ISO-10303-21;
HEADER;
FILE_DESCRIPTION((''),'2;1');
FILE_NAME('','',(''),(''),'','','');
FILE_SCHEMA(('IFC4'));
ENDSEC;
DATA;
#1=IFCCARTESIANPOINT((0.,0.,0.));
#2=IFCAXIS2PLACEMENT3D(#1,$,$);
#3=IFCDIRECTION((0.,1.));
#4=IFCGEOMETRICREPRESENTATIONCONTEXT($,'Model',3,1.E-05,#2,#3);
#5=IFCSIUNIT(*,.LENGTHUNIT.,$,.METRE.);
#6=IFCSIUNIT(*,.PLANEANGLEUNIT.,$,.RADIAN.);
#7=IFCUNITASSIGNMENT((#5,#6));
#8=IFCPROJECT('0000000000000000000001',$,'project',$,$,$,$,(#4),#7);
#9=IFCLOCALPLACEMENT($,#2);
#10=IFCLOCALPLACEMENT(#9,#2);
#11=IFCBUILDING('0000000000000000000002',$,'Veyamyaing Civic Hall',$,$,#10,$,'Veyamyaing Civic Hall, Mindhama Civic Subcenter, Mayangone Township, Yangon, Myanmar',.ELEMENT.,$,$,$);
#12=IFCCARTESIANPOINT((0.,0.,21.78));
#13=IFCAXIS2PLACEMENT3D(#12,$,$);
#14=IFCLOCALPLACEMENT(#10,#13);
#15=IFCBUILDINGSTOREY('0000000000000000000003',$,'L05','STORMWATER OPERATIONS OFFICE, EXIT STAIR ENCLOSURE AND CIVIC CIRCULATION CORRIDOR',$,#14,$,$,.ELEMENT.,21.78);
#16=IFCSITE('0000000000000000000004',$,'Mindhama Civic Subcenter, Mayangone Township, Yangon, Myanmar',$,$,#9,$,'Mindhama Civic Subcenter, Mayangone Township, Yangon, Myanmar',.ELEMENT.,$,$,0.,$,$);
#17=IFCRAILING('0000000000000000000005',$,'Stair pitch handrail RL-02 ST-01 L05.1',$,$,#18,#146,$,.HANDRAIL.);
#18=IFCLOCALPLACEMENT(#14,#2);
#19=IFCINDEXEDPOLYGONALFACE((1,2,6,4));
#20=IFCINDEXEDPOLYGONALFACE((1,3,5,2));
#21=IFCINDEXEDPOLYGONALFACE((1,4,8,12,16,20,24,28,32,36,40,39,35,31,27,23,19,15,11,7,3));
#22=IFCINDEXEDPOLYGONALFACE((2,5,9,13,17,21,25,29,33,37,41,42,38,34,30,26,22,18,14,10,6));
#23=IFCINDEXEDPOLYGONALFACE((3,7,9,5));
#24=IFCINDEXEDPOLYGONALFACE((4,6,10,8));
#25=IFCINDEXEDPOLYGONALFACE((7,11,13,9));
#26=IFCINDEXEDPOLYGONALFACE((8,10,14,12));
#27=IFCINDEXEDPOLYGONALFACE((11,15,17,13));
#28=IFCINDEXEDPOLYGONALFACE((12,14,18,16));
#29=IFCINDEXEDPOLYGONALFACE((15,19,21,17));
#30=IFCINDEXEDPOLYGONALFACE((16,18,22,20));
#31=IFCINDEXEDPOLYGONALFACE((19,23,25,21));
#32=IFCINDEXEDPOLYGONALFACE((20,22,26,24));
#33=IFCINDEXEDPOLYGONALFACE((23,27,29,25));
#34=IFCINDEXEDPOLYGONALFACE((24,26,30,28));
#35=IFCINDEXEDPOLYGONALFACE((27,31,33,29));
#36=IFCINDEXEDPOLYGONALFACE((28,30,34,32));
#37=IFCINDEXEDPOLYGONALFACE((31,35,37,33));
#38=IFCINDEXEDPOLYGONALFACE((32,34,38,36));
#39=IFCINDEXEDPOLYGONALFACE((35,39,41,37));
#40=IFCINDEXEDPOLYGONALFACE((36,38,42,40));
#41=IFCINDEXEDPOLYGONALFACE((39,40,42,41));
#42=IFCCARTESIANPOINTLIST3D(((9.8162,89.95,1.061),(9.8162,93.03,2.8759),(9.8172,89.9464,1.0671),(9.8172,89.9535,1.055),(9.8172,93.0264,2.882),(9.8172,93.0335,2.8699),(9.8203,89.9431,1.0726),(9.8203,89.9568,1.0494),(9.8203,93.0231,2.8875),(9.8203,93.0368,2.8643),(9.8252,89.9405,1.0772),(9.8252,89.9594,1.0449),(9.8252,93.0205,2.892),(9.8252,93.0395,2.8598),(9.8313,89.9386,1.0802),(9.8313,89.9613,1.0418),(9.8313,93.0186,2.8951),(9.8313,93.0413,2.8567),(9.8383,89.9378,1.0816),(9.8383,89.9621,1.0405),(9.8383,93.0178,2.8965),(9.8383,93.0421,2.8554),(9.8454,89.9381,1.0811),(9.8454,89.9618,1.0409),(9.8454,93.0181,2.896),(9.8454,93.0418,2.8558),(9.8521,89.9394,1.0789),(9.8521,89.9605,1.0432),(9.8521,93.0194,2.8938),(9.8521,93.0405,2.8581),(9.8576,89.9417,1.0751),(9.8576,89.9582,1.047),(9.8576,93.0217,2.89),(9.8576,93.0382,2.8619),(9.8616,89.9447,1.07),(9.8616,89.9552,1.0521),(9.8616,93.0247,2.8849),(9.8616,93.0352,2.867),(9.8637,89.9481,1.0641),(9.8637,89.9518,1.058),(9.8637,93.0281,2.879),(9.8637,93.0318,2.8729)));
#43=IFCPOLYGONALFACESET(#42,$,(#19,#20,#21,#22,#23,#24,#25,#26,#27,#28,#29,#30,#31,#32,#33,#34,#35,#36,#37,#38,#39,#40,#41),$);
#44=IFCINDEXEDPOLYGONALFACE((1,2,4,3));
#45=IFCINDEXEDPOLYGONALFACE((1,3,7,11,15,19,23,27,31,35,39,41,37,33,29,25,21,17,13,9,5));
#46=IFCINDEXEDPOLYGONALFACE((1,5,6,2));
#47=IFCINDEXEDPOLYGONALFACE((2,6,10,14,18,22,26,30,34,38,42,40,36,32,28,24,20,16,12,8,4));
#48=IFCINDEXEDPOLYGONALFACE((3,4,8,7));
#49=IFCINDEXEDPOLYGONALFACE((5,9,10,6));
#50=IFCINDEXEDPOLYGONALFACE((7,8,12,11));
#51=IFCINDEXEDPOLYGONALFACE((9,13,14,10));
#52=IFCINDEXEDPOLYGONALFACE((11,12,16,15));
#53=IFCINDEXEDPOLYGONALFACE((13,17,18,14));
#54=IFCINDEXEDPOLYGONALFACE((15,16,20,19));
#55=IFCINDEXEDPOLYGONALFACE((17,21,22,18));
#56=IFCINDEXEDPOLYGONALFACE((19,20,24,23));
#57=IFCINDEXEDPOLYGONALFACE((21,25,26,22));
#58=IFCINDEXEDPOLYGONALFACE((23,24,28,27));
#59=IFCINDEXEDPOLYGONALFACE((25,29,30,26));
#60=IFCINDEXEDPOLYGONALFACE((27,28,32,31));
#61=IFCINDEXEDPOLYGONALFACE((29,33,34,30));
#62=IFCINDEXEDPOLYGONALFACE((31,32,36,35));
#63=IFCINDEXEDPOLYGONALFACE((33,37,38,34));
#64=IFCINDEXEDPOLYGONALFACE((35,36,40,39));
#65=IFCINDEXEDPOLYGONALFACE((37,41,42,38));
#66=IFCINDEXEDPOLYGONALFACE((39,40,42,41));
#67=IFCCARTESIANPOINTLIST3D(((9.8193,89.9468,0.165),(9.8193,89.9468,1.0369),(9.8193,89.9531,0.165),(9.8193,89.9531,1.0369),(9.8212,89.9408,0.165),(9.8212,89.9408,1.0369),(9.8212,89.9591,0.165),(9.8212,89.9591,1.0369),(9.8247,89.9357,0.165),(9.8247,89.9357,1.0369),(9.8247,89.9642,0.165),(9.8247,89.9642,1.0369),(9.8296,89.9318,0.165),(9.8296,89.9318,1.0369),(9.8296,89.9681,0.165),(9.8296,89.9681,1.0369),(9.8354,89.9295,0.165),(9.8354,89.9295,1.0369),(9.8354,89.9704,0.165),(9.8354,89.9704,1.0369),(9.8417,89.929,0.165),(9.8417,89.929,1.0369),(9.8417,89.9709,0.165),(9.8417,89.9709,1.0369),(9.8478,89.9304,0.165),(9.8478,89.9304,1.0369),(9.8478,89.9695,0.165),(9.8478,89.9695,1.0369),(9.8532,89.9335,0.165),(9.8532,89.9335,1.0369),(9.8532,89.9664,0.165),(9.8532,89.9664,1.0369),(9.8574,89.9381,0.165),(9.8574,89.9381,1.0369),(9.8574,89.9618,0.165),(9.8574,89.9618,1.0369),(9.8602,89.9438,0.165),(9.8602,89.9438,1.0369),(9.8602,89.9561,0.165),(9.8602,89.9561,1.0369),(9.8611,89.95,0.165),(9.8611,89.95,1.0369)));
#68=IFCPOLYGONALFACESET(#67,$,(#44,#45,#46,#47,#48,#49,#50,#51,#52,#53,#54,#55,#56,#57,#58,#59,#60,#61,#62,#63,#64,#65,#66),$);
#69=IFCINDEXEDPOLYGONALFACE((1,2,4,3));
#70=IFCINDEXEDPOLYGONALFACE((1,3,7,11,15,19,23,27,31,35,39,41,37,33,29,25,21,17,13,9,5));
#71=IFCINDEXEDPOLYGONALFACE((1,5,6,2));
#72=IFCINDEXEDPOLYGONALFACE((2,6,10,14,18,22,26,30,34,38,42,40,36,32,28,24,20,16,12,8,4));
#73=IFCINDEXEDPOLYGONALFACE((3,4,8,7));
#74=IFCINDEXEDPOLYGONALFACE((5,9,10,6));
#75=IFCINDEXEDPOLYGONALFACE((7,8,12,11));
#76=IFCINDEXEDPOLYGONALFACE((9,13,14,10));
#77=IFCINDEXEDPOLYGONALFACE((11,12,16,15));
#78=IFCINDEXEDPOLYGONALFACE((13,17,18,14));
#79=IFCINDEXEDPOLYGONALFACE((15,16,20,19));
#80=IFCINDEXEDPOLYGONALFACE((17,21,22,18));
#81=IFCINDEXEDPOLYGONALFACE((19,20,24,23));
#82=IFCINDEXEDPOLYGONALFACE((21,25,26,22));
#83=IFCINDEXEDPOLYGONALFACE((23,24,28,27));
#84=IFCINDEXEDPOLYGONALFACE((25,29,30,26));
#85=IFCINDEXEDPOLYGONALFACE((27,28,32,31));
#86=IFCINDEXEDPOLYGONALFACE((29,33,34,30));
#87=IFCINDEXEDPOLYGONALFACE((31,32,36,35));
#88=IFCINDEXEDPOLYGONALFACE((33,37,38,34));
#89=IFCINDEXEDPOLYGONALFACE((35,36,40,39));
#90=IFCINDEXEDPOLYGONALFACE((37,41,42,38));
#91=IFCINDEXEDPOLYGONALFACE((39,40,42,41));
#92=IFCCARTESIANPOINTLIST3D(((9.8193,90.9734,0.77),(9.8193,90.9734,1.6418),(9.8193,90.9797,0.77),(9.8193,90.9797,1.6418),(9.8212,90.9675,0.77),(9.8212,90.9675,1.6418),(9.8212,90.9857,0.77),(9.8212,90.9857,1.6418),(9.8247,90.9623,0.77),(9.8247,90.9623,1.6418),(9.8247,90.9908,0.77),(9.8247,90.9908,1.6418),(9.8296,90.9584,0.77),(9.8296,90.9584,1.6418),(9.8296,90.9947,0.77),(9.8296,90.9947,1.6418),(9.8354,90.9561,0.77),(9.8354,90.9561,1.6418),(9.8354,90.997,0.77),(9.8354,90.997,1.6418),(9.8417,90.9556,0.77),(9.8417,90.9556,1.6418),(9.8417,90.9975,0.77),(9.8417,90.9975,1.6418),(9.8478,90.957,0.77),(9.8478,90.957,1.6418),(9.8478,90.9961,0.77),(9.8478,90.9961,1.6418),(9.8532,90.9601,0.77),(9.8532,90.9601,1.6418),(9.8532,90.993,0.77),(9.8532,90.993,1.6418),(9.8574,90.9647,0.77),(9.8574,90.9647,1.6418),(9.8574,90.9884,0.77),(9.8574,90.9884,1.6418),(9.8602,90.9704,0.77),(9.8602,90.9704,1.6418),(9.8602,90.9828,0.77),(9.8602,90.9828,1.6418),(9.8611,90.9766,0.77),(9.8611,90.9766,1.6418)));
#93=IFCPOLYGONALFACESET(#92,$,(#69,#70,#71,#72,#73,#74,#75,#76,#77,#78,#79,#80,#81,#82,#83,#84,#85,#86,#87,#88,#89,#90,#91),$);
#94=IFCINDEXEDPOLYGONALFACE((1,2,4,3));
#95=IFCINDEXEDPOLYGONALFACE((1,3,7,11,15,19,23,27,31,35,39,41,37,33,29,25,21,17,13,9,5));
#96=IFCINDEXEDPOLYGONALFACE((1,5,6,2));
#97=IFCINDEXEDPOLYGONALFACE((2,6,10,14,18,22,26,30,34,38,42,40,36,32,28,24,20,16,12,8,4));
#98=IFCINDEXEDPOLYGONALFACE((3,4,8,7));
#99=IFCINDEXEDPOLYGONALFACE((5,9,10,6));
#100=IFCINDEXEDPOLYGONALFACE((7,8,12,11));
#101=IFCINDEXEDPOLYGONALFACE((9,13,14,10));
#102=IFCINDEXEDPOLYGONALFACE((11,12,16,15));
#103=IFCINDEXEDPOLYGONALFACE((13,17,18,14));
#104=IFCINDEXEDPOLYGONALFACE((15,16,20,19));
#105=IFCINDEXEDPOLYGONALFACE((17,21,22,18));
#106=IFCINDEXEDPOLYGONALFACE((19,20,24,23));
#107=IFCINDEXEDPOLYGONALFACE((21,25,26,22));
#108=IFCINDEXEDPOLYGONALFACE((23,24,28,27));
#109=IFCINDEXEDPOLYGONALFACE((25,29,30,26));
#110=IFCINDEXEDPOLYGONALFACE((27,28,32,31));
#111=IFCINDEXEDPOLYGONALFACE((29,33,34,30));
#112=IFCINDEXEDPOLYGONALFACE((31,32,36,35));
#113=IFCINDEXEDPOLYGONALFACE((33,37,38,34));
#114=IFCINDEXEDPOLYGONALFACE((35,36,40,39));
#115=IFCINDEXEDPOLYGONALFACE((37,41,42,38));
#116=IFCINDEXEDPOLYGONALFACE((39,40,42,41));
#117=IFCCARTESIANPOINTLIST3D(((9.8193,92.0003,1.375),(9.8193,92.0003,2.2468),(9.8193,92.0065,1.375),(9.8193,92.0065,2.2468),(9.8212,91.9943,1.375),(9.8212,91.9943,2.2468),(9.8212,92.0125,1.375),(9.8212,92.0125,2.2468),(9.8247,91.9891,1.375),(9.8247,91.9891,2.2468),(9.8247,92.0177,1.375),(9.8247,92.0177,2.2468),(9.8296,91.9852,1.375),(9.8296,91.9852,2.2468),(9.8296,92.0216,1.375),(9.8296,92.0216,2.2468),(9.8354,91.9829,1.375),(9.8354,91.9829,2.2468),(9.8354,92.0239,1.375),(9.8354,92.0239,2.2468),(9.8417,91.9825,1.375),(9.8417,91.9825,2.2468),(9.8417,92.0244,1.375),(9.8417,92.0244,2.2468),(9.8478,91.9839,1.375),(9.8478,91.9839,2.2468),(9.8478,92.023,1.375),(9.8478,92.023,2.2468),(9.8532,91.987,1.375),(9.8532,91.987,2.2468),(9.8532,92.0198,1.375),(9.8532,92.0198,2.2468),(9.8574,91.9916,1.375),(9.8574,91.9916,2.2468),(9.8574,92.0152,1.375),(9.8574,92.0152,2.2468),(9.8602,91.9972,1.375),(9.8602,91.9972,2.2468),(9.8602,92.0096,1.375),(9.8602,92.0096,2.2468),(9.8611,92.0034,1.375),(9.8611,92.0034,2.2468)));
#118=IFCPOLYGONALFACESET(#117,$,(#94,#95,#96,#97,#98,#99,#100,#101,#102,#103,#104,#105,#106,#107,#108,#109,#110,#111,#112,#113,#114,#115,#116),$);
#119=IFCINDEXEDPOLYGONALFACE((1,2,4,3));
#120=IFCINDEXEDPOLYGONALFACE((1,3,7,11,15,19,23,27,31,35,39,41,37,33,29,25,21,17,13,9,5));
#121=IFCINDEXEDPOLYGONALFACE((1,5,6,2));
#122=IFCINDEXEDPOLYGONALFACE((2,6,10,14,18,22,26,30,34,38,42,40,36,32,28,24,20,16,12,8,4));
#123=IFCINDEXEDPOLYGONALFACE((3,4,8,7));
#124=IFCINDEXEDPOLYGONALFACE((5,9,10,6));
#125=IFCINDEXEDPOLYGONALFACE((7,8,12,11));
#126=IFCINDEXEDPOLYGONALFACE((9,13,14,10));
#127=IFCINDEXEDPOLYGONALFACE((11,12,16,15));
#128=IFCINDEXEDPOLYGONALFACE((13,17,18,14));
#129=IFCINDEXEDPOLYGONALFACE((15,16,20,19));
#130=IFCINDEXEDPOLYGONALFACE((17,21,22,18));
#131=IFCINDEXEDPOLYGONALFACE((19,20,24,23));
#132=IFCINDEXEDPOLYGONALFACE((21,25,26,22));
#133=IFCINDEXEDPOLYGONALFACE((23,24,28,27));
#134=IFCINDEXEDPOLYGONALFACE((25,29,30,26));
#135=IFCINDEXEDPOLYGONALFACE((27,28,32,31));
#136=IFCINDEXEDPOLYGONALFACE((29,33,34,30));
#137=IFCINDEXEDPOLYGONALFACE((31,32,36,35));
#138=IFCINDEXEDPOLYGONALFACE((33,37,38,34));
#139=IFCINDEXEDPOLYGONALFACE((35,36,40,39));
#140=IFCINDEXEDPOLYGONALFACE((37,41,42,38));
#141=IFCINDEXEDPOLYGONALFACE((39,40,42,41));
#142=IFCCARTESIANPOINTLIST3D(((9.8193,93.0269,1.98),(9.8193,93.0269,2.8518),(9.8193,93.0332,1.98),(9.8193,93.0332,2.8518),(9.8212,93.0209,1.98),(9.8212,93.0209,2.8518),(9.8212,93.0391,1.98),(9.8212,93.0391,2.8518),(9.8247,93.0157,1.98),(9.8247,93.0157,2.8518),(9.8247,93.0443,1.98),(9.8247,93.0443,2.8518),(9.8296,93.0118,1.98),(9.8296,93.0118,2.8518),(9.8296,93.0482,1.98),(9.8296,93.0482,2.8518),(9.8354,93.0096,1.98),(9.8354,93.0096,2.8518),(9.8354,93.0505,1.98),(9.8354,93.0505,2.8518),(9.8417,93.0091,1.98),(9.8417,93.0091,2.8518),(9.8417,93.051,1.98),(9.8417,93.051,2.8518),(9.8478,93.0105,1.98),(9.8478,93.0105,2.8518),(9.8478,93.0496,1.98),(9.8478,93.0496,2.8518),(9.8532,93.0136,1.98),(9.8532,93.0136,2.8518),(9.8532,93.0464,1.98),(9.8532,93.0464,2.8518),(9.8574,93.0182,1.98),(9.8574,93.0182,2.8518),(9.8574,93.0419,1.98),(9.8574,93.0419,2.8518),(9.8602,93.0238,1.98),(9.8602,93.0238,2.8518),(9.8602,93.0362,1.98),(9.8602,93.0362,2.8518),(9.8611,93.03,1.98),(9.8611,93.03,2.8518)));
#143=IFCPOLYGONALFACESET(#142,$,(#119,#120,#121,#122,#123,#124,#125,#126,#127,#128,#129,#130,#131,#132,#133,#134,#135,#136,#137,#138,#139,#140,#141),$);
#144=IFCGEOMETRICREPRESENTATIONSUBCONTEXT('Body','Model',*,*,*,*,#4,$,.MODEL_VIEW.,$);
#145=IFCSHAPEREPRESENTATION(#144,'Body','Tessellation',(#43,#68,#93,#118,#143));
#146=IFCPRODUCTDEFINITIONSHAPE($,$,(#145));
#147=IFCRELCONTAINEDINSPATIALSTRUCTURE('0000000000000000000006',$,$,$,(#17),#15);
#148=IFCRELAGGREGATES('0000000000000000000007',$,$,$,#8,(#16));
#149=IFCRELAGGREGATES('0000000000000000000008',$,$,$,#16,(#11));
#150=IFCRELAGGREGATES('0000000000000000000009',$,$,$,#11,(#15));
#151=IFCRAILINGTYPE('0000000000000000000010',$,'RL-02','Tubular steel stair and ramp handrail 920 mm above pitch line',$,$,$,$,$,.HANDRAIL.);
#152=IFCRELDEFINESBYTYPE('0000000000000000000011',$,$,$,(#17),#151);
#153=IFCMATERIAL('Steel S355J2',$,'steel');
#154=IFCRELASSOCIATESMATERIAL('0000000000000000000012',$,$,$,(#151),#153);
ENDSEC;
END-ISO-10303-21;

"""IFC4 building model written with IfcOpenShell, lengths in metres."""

from ifc_helpers import new_model, si_unit, direction, frame, origin, origin_2d, place, context, subcontext, project, spatial, circle, extrude, material, type_object, element, save


model = new_model("IFC4")

# Units and contexts
model_context = context("Model", 3, precision=1e-05, world=origin(), true_north=direction((0.0, 1.0)))
body_context = subcontext(model_context, "Body", "Model", "MODEL_VIEW")
ifc_project = project(units=[si_unit("LENGTHUNIT", "METRE"), si_unit("PLANEANGLEUNIT", "RADIAN")], contexts=[model_context])

# Site, building, storey
site_placement = place(None, origin())
site = spatial("IfcSite", under=ifc_project, at=site_placement, Name="Mindhama Civic Subcenter, Mayangone Township, Yangon, Myanmar", LongName="Mindhama Civic Subcenter, Mayangone Township, Yangon, Myanmar", CompositionType="ELEMENT", RefElevation=0.0)
building_placement = place(site_placement, origin())
building = spatial("IfcBuilding", under=site, at=building_placement, Name="Veyamyaing Civic Hall", LongName="Veyamyaing Civic Hall, Mindhama Civic Subcenter, Mayangone Township, Yangon, Myanmar", CompositionType="ELEMENT")
storey_placement = place(building_placement, frame((0.0, 0.0, 21.78)))
storey = spatial("IfcBuildingStorey", under=building, at=storey_placement, Name="L05", Description="STORMWATER OPERATIONS OFFICE, EXIT STAIR ENCLOSURE AND CIVIC CIRCULATION CORRIDOR", CompositionType="ELEMENT", Elevation=21.78)

# Railing
ifc_material_1 = material(Name="Steel S355J2", Category="steel")
railing_type_1 = type_object("IfcRailingType", Name="RL-02", Description="Tubular steel stair and ramp handrail 920 mm above pitch line", PredefinedType="HANDRAIL", material=ifc_material_1)
railing_1_placement = place(storey_placement, frame((9.8401, 89.95, 0.165)))
element("IfcRailing", 1, at=railing_1_placement, inside=storey, type_object=railing_type_1, Name="Stair pitch handrail RL-02 ST-01 L05.1", PredefinedType="HANDRAIL", context=body_context, shape_type="SweptSolid", body=[
    extrude(circle(Radius=0.0239, at=origin_2d()), frame((0.0, 0.0, 0.896), z_axis=(0.0, 0.861551, 0.507671), x_axis=(-1.0, 0.0, 0.0)), (0.0, 0.0, 1.0), 3.575),
    extrude(circle(Radius=0.021, at=origin_2d()), origin(), (0.0, 0.0, 1.0), 0.8718),
    extrude(circle(Radius=0.021, at=origin_2d()), frame((0.0, 1.0266, 0.605)), (0.0, 0.0, 1.0), 0.8718),
    extrude(circle(Radius=0.021, at=origin_2d()), frame((0.0, 2.0535, 1.21)), (0.0, 0.0, 1.0), 0.8718),
    extrude(circle(Radius=0.021, at=origin_2d()), frame((0.0, 3.0801, 1.8149)), (0.0, 0.0, 1.0), 0.8718),
])

save(model, "model.ifc")
